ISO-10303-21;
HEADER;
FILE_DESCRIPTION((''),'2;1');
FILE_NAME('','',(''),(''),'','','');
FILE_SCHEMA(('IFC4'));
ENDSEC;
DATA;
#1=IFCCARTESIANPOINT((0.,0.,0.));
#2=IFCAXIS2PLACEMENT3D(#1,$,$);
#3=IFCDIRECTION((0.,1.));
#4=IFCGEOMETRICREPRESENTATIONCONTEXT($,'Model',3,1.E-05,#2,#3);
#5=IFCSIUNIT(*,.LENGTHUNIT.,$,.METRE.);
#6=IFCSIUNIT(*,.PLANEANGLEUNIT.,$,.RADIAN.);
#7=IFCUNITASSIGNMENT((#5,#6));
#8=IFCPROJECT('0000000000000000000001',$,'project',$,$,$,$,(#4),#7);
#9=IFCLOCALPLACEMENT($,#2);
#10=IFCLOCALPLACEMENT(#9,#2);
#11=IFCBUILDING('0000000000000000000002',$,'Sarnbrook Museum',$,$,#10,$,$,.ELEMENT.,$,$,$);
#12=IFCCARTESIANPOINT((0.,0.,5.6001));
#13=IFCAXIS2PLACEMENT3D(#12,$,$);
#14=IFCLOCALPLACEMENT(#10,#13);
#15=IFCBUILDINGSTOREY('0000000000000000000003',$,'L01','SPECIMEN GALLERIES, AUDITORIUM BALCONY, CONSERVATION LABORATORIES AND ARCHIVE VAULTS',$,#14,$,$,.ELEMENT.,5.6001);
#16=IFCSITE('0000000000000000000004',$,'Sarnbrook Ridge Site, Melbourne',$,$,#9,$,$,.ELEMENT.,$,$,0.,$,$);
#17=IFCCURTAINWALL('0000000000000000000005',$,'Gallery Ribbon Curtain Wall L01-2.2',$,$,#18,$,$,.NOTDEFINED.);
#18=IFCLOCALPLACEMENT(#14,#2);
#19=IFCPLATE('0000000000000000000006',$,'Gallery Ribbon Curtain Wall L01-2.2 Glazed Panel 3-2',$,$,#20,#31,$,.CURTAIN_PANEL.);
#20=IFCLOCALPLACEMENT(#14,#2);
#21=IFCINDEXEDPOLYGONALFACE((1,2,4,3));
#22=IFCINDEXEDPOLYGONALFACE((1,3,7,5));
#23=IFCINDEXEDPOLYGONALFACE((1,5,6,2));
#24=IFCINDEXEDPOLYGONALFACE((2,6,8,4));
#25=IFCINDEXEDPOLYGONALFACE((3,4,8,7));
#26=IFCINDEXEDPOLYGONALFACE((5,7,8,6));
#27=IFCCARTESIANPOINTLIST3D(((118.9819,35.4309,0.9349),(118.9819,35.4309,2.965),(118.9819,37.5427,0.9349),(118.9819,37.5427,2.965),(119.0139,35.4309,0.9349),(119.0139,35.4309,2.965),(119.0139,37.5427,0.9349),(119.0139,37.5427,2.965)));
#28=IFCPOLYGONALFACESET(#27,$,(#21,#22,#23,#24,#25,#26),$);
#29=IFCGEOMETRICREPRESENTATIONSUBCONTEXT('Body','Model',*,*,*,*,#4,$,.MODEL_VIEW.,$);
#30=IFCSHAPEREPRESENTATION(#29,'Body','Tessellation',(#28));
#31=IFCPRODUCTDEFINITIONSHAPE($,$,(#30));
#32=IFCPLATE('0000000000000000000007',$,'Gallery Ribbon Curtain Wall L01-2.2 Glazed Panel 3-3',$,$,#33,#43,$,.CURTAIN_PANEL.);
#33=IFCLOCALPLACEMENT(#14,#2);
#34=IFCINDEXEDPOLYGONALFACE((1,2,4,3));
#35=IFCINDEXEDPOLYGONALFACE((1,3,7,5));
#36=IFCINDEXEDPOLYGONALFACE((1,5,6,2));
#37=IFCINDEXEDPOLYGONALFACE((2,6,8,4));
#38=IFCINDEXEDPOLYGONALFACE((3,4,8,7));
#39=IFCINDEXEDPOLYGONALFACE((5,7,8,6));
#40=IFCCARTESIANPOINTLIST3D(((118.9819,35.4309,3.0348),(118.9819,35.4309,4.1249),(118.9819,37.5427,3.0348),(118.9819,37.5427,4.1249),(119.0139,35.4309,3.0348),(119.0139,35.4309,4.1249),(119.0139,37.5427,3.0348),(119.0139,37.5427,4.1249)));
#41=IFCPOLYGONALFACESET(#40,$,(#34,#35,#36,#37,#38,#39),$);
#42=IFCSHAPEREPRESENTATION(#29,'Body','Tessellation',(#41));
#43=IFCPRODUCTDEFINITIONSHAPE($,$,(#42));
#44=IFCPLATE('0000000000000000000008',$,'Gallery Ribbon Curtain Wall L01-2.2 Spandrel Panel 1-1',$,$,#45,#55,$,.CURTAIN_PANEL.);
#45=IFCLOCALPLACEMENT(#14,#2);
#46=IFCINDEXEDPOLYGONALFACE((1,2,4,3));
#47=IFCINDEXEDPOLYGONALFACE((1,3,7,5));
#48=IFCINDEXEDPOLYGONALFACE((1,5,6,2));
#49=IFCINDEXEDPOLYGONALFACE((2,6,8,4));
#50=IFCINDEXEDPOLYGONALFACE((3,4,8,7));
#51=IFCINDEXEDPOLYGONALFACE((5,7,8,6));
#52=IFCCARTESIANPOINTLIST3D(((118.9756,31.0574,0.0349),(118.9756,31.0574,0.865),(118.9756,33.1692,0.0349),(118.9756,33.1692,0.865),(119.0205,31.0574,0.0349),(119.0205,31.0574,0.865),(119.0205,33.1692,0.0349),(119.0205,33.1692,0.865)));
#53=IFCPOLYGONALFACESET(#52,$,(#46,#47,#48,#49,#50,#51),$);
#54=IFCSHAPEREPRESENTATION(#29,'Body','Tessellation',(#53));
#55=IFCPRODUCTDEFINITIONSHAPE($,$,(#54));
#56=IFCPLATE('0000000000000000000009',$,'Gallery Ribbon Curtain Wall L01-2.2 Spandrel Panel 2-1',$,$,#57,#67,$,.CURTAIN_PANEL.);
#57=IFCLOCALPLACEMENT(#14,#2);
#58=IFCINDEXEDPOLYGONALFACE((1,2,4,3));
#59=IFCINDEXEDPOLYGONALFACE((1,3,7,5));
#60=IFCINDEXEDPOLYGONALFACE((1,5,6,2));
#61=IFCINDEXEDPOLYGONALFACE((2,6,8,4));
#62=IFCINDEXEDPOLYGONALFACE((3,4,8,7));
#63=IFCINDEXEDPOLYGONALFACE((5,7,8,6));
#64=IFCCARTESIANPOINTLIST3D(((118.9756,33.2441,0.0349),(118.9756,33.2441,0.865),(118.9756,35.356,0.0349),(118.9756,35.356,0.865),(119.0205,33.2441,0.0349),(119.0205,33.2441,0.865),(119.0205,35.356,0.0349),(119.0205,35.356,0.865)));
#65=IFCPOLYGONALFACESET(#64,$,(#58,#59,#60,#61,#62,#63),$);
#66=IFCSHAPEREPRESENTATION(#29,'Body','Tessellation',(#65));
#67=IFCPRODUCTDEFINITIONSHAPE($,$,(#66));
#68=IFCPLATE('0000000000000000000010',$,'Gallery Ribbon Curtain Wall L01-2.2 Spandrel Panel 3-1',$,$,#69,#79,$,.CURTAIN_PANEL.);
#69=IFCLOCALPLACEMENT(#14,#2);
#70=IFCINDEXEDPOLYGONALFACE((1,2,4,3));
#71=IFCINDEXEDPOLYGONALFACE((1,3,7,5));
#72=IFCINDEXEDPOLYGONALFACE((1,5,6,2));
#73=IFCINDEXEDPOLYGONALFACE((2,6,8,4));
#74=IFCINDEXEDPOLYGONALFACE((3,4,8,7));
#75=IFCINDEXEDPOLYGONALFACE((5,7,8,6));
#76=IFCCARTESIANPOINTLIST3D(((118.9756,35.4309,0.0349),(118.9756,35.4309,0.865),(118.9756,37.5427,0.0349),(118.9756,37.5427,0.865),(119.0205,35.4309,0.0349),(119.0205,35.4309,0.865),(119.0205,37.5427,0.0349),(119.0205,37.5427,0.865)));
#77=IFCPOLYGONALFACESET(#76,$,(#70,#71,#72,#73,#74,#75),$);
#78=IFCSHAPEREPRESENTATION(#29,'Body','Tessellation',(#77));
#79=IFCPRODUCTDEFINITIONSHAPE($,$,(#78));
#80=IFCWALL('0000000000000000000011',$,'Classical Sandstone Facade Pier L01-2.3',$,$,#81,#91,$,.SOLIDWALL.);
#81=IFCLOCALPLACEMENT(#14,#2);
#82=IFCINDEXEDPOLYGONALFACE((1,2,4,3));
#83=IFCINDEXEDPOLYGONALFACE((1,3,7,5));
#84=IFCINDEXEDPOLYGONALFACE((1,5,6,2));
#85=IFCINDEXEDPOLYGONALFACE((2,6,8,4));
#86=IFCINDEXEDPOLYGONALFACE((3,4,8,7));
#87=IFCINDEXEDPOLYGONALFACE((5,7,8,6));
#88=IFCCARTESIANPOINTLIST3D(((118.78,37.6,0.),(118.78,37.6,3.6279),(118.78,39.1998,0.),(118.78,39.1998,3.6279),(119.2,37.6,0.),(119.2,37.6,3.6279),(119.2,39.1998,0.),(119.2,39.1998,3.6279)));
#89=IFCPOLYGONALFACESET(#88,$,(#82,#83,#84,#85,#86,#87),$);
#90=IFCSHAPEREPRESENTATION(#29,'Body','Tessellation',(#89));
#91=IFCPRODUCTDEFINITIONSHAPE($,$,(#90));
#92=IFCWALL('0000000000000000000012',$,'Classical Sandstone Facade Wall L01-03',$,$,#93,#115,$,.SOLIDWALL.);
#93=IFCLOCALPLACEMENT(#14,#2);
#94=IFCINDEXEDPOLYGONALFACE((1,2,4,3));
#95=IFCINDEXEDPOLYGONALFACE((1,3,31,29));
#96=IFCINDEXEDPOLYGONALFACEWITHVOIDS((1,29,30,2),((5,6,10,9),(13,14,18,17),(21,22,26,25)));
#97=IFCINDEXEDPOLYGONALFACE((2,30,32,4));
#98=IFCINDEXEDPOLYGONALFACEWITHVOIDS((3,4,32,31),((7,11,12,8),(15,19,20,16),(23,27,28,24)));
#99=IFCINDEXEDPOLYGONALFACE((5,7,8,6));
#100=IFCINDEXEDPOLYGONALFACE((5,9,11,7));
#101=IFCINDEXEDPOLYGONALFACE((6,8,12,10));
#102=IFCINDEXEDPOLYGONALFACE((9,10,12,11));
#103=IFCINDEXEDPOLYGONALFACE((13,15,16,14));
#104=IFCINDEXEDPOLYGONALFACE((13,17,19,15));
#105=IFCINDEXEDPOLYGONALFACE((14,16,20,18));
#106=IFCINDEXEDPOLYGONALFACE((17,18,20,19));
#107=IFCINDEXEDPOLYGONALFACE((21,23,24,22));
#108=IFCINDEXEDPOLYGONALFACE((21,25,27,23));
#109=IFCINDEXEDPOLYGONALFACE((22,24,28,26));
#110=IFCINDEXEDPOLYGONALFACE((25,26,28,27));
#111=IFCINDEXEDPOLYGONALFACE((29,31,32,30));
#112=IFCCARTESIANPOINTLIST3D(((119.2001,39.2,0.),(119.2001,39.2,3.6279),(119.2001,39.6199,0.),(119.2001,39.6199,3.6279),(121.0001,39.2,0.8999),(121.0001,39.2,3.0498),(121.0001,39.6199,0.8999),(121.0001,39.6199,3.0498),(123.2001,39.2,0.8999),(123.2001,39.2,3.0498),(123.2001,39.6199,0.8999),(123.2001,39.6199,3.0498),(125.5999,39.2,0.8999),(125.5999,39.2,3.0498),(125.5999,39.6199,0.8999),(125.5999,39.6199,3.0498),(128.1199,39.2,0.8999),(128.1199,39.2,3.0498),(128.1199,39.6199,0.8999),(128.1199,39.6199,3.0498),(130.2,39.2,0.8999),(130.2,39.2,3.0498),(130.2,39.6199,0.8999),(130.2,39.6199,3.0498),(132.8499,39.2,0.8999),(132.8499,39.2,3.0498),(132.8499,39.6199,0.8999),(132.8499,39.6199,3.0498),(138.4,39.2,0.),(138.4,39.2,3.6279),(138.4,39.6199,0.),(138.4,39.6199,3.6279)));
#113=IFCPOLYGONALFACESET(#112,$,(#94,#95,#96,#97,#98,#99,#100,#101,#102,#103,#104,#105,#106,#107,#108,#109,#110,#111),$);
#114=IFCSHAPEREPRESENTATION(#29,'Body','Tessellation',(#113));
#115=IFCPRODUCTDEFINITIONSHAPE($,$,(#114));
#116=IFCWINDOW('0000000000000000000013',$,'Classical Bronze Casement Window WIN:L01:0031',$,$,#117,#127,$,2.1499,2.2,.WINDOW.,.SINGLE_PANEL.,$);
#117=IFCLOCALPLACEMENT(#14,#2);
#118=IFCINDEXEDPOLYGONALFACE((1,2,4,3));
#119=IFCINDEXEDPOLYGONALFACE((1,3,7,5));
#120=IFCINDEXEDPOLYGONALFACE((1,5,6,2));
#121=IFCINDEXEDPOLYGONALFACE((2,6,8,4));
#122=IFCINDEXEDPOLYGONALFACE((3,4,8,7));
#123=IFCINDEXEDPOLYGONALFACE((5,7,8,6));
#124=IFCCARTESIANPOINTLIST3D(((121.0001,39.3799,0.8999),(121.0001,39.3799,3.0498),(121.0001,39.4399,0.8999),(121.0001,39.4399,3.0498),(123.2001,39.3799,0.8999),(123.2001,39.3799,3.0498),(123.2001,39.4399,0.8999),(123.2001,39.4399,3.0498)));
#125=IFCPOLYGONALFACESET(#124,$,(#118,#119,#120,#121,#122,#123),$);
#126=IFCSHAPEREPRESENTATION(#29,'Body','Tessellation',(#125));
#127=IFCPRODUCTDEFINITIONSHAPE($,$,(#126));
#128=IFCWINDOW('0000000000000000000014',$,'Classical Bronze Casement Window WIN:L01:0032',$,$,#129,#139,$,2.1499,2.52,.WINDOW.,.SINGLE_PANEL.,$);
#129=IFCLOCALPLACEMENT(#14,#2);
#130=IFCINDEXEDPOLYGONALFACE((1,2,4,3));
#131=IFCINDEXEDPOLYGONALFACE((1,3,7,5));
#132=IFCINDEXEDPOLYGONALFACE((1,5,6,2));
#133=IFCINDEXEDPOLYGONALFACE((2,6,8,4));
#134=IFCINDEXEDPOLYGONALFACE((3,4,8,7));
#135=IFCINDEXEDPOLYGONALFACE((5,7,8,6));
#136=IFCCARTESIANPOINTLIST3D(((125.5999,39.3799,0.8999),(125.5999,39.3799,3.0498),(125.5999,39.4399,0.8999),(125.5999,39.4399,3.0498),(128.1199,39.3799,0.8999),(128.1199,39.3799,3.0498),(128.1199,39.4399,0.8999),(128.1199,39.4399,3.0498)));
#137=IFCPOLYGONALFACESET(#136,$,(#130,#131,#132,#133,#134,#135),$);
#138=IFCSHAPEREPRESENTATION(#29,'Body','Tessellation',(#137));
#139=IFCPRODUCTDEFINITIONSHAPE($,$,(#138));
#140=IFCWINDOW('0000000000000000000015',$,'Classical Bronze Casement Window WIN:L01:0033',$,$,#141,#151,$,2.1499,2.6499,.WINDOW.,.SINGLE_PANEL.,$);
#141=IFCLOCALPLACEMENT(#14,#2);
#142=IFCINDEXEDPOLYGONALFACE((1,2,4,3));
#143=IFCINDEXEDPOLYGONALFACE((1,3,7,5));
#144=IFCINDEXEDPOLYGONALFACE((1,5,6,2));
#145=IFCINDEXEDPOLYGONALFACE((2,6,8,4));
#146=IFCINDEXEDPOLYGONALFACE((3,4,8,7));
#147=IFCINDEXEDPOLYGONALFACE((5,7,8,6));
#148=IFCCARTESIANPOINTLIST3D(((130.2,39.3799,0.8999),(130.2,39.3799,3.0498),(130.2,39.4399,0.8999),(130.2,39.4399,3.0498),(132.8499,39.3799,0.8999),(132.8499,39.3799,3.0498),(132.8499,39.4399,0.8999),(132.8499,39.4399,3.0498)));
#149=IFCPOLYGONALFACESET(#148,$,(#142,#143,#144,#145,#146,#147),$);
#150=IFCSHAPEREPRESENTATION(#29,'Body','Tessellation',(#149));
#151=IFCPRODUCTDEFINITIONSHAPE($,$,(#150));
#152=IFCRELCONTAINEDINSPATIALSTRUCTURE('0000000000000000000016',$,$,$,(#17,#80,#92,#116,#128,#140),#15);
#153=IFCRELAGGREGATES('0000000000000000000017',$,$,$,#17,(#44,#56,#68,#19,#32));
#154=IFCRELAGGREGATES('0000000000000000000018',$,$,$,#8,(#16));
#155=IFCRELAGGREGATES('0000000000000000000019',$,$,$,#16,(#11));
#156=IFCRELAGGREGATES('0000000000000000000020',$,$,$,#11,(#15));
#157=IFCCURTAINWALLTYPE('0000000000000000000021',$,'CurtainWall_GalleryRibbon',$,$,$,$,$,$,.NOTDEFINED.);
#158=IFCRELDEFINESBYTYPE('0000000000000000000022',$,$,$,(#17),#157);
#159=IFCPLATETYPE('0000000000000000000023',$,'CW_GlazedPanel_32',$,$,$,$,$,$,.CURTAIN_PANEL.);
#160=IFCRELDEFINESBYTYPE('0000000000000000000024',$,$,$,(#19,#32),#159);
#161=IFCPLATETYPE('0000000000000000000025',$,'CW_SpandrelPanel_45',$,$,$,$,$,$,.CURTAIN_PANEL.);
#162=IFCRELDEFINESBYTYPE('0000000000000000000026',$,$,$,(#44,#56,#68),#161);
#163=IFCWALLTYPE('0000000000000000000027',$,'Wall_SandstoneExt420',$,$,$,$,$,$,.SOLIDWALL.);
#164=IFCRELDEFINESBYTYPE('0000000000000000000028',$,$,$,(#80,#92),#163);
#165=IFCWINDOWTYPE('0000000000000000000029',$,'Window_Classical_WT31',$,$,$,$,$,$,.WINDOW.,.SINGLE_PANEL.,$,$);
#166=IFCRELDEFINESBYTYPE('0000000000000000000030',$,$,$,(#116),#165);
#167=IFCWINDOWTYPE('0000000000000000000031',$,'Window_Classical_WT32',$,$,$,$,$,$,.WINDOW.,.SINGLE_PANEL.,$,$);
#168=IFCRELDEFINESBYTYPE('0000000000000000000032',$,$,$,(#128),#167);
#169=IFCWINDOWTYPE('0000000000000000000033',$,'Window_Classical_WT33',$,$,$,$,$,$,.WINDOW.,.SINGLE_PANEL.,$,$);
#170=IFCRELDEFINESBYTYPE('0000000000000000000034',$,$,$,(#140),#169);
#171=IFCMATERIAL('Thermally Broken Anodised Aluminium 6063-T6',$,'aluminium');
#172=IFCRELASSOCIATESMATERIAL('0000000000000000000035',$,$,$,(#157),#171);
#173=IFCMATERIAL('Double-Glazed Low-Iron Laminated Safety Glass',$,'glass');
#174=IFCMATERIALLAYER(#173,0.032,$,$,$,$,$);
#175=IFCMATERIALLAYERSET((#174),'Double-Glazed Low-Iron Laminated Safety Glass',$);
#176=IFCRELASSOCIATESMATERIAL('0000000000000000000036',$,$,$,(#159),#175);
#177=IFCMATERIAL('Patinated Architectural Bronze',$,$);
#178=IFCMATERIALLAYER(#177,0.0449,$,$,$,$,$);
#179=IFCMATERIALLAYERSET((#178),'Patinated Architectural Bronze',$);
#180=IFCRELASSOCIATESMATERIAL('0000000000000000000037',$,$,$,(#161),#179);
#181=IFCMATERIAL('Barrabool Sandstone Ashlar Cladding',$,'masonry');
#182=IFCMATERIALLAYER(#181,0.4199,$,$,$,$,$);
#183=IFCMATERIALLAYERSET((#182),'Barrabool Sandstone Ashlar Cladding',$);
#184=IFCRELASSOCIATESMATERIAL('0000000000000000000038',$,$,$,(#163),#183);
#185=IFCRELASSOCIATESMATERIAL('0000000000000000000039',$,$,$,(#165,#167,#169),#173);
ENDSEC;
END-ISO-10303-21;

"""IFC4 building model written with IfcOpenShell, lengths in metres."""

from ifc_helpers import new_model, si_unit, direction, frame, frame_2d, origin, origin_2d, place, context, subcontext, project, spatial, rectangle, extrude, material, layer, layer_set, type_object, element, fill, aggregate, save


model = new_model("IFC4")

# Units and contexts
model_context = context("Model", 3, precision=1e-05, world=origin(), true_north=direction((0.0, 1.0)))
body_context = subcontext(model_context, "Body", "Model", "MODEL_VIEW")
ifc_project = project(units=[si_unit("LENGTHUNIT", "METRE"), si_unit("PLANEANGLEUNIT", "RADIAN")], contexts=[model_context])

# Site, building, storey
site_placement = place(None, origin())
site = spatial("IfcSite", under=ifc_project, at=site_placement, Name="Sarnbrook Ridge Site, Melbourne", CompositionType="ELEMENT", RefElevation=0.0)
building_placement = place(site_placement, origin())
building = spatial("IfcBuilding", under=site, at=building_placement, Name="Sarnbrook Museum", CompositionType="ELEMENT")
storey_placement = place(building_placement, frame((0.0, 0.0, 5.6001)))
storey = spatial("IfcBuildingStorey", under=building, at=storey_placement, Name="L01", Description="SPECIMEN GALLERIES, AUDITORIUM BALCONY, CONSERVATION LABORATORIES AND ARCHIVE VAULTS", CompositionType="ELEMENT", Elevation=5.6001)

# Curtain wall
ifc_material_1 = material(Name="Thermally Broken Anodised Aluminium 6063-T6", Category="aluminium")
curtain_wall_type = type_object("IfcCurtainWallType", Name="CurtainWall_GalleryRibbon", PredefinedType="NOTDEFINED", material=ifc_material_1)
curtain_wall_placement = place(storey_placement, origin())
curtain_wall = element("IfcCurtainWall", 1, at=curtain_wall_placement, inside=storey, type_object=curtain_wall_type, Name="Gallery Ribbon Curtain Wall L01-2.2", PredefinedType="NOTDEFINED")

# Plates
ifc_material_2 = material(Name="Double-Glazed Low-Iron Laminated Safety Glass", Category="glass")
ifc_layer_1 = layer(ifc_material_2, 0.032)
ifc_layer_set_1 = layer_set([ifc_layer_1], Name="Double-Glazed Low-Iron Laminated Safety Glass")
plate_type_1 = type_object("IfcPlateType", Name="CW_GlazedPanel_32", PredefinedType="CURTAIN_PANEL", material=ifc_layer_set_1)
plate_1_placement = place(storey_placement, frame((118.9819, 36.4868, 1.95), z_axis=(1.0, 0.0, 0.0), x_axis=(0.0, 1.0, 0.0)))
plate_1 = element("IfcPlate", 2, at=plate_1_placement, type_object=plate_type_1, Name="Gallery Ribbon Curtain Wall L01-2.2 Glazed Panel 3-2", PredefinedType="CURTAIN_PANEL", context=body_context, shape_type="SweptSolid", body=[
    extrude(rectangle(XDim=2.1118, YDim=2.03, at=origin_2d()), origin(), (0.0, 0.0, 1.0), 0.032),
])
plate_2_placement = place(storey_placement, frame((118.9819, 36.4868, 3.5798), z_axis=(1.0, 0.0, 0.0), x_axis=(0.0, 1.0, 0.0)))
plate_2 = element("IfcPlate", 3, at=plate_2_placement, type_object=plate_type_1, Name="Gallery Ribbon Curtain Wall L01-2.2 Glazed Panel 3-3", PredefinedType="CURTAIN_PANEL", context=body_context, shape_type="SweptSolid", body=[
    extrude(rectangle(XDim=2.1118, YDim=1.0901, at=origin_2d()), origin(), (0.0, 0.0, 1.0), 0.032),
])
ifc_material_3 = material(Name="Patinated Architectural Bronze")
ifc_layer_2 = layer(ifc_material_3, 0.0449)
ifc_layer_set_2 = layer_set([ifc_layer_2], Name="Patinated Architectural Bronze")
plate_type_2 = type_object("IfcPlateType", Name="CW_SpandrelPanel_45", PredefinedType="CURTAIN_PANEL", material=ifc_layer_set_2)
plate_3_placement = place(storey_placement, frame((118.9756, 32.1133, 0.45), z_axis=(1.0, 0.0, 0.0), x_axis=(0.0, 1.0, 0.0)))
plate_3 = element("IfcPlate", 4, at=plate_3_placement, type_object=plate_type_2, Name="Gallery Ribbon Curtain Wall L01-2.2 Spandrel Panel 1-1", PredefinedType="CURTAIN_PANEL", context=body_context, shape_type="SweptSolid", body=[
    extrude(rectangle(XDim=2.1118, YDim=0.8301, at=origin_2d()), origin(), (0.0, 0.0, 1.0), 0.0449),
])
plate_4_placement = place(storey_placement, frame((118.9756, 34.3, 0.45), z_axis=(1.0, 0.0, 0.0), x_axis=(0.0, 1.0, 0.0)))
plate_4 = element("IfcPlate", 5, at=plate_4_placement, type_object=plate_type_2, Name="Gallery Ribbon Curtain Wall L01-2.2 Spandrel Panel 2-1", PredefinedType="CURTAIN_PANEL", context=body_context, shape_type="SweptSolid", body=[
    extrude(rectangle(XDim=2.1118, YDim=0.8301, at=origin_2d()), origin(), (0.0, 0.0, 1.0), 0.0449),
])
plate_5_placement = place(storey_placement, frame((118.9756, 36.4868, 0.45), z_axis=(1.0, 0.0, 0.0), x_axis=(0.0, 1.0, 0.0)))
plate_5 = element("IfcPlate", 6, at=plate_5_placement, type_object=plate_type_2, Name="Gallery Ribbon Curtain Wall L01-2.2 Spandrel Panel 3-1", PredefinedType="CURTAIN_PANEL", context=body_context, shape_type="SweptSolid", body=[
    extrude(rectangle(XDim=2.1118, YDim=0.8301, at=origin_2d()), origin(), (0.0, 0.0, 1.0), 0.0449),
])
aggregate(curtain_wall, [plate_3, plate_4, plate_5, plate_1, plate_2])

# Wall
ifc_material_4 = material(Name="Barrabool Sandstone Ashlar Cladding", Category="masonry")
ifc_layer_3 = layer(ifc_material_4, 0.4199)
ifc_layer_set_3 = layer_set([ifc_layer_3], Name="Barrabool Sandstone Ashlar Cladding")
wall_type = type_object("IfcWallType", Name="Wall_SandstoneExt420", PredefinedType="SOLIDWALL", material=ifc_layer_set_3)
wall_1_placement = place(storey_placement, frame((118.99, 37.6001, 0.0), z_axis=(0.0, 0.0, 1.0), x_axis=(0.0, 1.0, 0.0)))
element("IfcWall", 7, at=wall_1_placement, inside=storey, type_object=wall_type, Name="Classical Sandstone Facade Pier L01-2.3", PredefinedType="SOLIDWALL", context=body_context, shape_type="SweptSolid", body=[
    extrude(rectangle(XDim=1.5999, YDim=0.4199, at=frame_2d((0.7998, 0.0))), origin(), (0.0, 0.0, 1.0), 3.6279),
])

# Wall, openings, windows
wall_2_placement = place(storey_placement, frame((119.2, 39.4099, 0.0), z_axis=(0.0, 0.0, 1.0), x_axis=(1.0, 0.0, 0.0)))
wall_2 = element("IfcWall", 8, at=wall_2_placement, inside=storey, type_object=wall_type, Name="Classical Sandstone Facade Wall L01-03", PredefinedType="SOLIDWALL", context=body_context, shape_type="SweptSolid", body=[
    extrude(rectangle(XDim=19.2, YDim=0.4199, at=frame_2d((9.6001, 0.0))), origin(), (0.0, 0.0, 1.0), 3.6279),
])
opening_1_placement = place(wall_2_placement, frame((1.8, 0.0, 0.8999)))
opening_1 = element("IfcOpeningElement", 9, at=opening_1_placement, cuts=wall_2, PredefinedType="OPENING", context=body_context, shape_type="SweptSolid", body=[
    extrude(rectangle(XDim=2.2, YDim=2.1499, at=frame_2d((1.1001, 1.075))), frame((0.0, 0.22, 0.0), z_axis=(0.0, -1.0, 0.0), x_axis=(1.0, 0.0, 0.0)), (0.0, 0.0, 1.0), 0.4399),
])
opening_2_placement = place(wall_2_placement, frame((6.3999, 0.0, 0.8999)))
opening_2 = element("IfcOpeningElement", 10, at=opening_2_placement, cuts=wall_2, PredefinedType="OPENING", context=body_context, shape_type="SweptSolid", body=[
    extrude(rectangle(XDim=2.52, YDim=2.1499, at=frame_2d((1.26, 1.075))), frame((0.0, 0.22, 0.0), z_axis=(0.0, -1.0, 0.0), x_axis=(1.0, 0.0, 0.0)), (0.0, 0.0, 1.0), 0.4399),
])
opening_3_placement = place(wall_2_placement, frame((11.0, 0.0, 0.8999)))
opening_3 = element("IfcOpeningElement", 11, at=opening_3_placement, cuts=wall_2, PredefinedType="OPENING", context=body_context, shape_type="SweptSolid", body=[
    extrude(rectangle(XDim=2.6499, YDim=2.1499, at=frame_2d((1.325, 1.075))), frame((0.0, 0.22, 0.0), z_axis=(0.0, -1.0, 0.0), x_axis=(1.0, 0.0, 0.0)), (0.0, 0.0, 1.0), 0.4399),
])
window_type_1 = type_object("IfcWindowType", Name="Window_Classical_WT31", PartitioningType="SINGLE_PANEL", PredefinedType="WINDOW", material=ifc_material_2)
window_1_placement = place(opening_1_placement, origin())
window_1 = element("IfcWindow", 12, at=window_1_placement, inside=storey, type_object=window_type_1, Name="Classical Bronze Casement Window WIN:L01:0031", OverallHeight=2.1499, OverallWidth=2.2, PartitioningType="SINGLE_PANEL", PredefinedType="WINDOW", context=body_context, shape_type="SweptSolid", body=[
    extrude(rectangle(XDim=2.2, YDim=2.1499, at=frame_2d((1.1001, 1.075))), frame((0.0, 0.03, 0.0), z_axis=(0.0, -1.0, 0.0), x_axis=(1.0, 0.0, 0.0)), (0.0, 0.0, 1.0), 0.0601),
])
fill(opening_1, window_1)
window_type_2 = type_object("IfcWindowType", Name="Window_Classical_WT32", PartitioningType="SINGLE_PANEL", PredefinedType="WINDOW", material=ifc_material_2)
window_2_placement = place(opening_2_placement, origin())
window_2 = element("IfcWindow", 13, at=window_2_placement, inside=storey, type_object=window_type_2, Name="Classical Bronze Casement Window WIN:L01:0032", OverallHeight=2.1499, OverallWidth=2.52, PartitioningType="SINGLE_PANEL", PredefinedType="WINDOW", context=body_context, shape_type="SweptSolid", body=[
    extrude(rectangle(XDim=2.52, YDim=2.1499, at=frame_2d((1.26, 1.075))), frame((0.0, 0.03, 0.0), z_axis=(0.0, -1.0, 0.0), x_axis=(1.0, 0.0, 0.0)), (0.0, 0.0, 1.0), 0.0601),
])
fill(opening_2, window_2)
window_type_3 = type_object("IfcWindowType", Name="Window_Classical_WT33", PartitioningType="SINGLE_PANEL", PredefinedType="WINDOW", material=ifc_material_2)
window_3_placement = place(opening_3_placement, origin())
window_3 = element("IfcWindow", 14, at=window_3_placement, inside=storey, type_object=window_type_3, Name="Classical Bronze Casement Window WIN:L01:0033", OverallHeight=2.1499, OverallWidth=2.6499, PartitioningType="SINGLE_PANEL", PredefinedType="WINDOW", context=body_context, shape_type="SweptSolid", body=[
    extrude(rectangle(XDim=2.6499, YDim=2.1499, at=frame_2d((1.325, 1.075))), frame((0.0, 0.03, 0.0), z_axis=(0.0, -1.0, 0.0), x_axis=(1.0, 0.0, 0.0)), (0.0, 0.0, 1.0), 0.0601),
])
fill(opening_3, window_3)

save(model, "model.ifc")
